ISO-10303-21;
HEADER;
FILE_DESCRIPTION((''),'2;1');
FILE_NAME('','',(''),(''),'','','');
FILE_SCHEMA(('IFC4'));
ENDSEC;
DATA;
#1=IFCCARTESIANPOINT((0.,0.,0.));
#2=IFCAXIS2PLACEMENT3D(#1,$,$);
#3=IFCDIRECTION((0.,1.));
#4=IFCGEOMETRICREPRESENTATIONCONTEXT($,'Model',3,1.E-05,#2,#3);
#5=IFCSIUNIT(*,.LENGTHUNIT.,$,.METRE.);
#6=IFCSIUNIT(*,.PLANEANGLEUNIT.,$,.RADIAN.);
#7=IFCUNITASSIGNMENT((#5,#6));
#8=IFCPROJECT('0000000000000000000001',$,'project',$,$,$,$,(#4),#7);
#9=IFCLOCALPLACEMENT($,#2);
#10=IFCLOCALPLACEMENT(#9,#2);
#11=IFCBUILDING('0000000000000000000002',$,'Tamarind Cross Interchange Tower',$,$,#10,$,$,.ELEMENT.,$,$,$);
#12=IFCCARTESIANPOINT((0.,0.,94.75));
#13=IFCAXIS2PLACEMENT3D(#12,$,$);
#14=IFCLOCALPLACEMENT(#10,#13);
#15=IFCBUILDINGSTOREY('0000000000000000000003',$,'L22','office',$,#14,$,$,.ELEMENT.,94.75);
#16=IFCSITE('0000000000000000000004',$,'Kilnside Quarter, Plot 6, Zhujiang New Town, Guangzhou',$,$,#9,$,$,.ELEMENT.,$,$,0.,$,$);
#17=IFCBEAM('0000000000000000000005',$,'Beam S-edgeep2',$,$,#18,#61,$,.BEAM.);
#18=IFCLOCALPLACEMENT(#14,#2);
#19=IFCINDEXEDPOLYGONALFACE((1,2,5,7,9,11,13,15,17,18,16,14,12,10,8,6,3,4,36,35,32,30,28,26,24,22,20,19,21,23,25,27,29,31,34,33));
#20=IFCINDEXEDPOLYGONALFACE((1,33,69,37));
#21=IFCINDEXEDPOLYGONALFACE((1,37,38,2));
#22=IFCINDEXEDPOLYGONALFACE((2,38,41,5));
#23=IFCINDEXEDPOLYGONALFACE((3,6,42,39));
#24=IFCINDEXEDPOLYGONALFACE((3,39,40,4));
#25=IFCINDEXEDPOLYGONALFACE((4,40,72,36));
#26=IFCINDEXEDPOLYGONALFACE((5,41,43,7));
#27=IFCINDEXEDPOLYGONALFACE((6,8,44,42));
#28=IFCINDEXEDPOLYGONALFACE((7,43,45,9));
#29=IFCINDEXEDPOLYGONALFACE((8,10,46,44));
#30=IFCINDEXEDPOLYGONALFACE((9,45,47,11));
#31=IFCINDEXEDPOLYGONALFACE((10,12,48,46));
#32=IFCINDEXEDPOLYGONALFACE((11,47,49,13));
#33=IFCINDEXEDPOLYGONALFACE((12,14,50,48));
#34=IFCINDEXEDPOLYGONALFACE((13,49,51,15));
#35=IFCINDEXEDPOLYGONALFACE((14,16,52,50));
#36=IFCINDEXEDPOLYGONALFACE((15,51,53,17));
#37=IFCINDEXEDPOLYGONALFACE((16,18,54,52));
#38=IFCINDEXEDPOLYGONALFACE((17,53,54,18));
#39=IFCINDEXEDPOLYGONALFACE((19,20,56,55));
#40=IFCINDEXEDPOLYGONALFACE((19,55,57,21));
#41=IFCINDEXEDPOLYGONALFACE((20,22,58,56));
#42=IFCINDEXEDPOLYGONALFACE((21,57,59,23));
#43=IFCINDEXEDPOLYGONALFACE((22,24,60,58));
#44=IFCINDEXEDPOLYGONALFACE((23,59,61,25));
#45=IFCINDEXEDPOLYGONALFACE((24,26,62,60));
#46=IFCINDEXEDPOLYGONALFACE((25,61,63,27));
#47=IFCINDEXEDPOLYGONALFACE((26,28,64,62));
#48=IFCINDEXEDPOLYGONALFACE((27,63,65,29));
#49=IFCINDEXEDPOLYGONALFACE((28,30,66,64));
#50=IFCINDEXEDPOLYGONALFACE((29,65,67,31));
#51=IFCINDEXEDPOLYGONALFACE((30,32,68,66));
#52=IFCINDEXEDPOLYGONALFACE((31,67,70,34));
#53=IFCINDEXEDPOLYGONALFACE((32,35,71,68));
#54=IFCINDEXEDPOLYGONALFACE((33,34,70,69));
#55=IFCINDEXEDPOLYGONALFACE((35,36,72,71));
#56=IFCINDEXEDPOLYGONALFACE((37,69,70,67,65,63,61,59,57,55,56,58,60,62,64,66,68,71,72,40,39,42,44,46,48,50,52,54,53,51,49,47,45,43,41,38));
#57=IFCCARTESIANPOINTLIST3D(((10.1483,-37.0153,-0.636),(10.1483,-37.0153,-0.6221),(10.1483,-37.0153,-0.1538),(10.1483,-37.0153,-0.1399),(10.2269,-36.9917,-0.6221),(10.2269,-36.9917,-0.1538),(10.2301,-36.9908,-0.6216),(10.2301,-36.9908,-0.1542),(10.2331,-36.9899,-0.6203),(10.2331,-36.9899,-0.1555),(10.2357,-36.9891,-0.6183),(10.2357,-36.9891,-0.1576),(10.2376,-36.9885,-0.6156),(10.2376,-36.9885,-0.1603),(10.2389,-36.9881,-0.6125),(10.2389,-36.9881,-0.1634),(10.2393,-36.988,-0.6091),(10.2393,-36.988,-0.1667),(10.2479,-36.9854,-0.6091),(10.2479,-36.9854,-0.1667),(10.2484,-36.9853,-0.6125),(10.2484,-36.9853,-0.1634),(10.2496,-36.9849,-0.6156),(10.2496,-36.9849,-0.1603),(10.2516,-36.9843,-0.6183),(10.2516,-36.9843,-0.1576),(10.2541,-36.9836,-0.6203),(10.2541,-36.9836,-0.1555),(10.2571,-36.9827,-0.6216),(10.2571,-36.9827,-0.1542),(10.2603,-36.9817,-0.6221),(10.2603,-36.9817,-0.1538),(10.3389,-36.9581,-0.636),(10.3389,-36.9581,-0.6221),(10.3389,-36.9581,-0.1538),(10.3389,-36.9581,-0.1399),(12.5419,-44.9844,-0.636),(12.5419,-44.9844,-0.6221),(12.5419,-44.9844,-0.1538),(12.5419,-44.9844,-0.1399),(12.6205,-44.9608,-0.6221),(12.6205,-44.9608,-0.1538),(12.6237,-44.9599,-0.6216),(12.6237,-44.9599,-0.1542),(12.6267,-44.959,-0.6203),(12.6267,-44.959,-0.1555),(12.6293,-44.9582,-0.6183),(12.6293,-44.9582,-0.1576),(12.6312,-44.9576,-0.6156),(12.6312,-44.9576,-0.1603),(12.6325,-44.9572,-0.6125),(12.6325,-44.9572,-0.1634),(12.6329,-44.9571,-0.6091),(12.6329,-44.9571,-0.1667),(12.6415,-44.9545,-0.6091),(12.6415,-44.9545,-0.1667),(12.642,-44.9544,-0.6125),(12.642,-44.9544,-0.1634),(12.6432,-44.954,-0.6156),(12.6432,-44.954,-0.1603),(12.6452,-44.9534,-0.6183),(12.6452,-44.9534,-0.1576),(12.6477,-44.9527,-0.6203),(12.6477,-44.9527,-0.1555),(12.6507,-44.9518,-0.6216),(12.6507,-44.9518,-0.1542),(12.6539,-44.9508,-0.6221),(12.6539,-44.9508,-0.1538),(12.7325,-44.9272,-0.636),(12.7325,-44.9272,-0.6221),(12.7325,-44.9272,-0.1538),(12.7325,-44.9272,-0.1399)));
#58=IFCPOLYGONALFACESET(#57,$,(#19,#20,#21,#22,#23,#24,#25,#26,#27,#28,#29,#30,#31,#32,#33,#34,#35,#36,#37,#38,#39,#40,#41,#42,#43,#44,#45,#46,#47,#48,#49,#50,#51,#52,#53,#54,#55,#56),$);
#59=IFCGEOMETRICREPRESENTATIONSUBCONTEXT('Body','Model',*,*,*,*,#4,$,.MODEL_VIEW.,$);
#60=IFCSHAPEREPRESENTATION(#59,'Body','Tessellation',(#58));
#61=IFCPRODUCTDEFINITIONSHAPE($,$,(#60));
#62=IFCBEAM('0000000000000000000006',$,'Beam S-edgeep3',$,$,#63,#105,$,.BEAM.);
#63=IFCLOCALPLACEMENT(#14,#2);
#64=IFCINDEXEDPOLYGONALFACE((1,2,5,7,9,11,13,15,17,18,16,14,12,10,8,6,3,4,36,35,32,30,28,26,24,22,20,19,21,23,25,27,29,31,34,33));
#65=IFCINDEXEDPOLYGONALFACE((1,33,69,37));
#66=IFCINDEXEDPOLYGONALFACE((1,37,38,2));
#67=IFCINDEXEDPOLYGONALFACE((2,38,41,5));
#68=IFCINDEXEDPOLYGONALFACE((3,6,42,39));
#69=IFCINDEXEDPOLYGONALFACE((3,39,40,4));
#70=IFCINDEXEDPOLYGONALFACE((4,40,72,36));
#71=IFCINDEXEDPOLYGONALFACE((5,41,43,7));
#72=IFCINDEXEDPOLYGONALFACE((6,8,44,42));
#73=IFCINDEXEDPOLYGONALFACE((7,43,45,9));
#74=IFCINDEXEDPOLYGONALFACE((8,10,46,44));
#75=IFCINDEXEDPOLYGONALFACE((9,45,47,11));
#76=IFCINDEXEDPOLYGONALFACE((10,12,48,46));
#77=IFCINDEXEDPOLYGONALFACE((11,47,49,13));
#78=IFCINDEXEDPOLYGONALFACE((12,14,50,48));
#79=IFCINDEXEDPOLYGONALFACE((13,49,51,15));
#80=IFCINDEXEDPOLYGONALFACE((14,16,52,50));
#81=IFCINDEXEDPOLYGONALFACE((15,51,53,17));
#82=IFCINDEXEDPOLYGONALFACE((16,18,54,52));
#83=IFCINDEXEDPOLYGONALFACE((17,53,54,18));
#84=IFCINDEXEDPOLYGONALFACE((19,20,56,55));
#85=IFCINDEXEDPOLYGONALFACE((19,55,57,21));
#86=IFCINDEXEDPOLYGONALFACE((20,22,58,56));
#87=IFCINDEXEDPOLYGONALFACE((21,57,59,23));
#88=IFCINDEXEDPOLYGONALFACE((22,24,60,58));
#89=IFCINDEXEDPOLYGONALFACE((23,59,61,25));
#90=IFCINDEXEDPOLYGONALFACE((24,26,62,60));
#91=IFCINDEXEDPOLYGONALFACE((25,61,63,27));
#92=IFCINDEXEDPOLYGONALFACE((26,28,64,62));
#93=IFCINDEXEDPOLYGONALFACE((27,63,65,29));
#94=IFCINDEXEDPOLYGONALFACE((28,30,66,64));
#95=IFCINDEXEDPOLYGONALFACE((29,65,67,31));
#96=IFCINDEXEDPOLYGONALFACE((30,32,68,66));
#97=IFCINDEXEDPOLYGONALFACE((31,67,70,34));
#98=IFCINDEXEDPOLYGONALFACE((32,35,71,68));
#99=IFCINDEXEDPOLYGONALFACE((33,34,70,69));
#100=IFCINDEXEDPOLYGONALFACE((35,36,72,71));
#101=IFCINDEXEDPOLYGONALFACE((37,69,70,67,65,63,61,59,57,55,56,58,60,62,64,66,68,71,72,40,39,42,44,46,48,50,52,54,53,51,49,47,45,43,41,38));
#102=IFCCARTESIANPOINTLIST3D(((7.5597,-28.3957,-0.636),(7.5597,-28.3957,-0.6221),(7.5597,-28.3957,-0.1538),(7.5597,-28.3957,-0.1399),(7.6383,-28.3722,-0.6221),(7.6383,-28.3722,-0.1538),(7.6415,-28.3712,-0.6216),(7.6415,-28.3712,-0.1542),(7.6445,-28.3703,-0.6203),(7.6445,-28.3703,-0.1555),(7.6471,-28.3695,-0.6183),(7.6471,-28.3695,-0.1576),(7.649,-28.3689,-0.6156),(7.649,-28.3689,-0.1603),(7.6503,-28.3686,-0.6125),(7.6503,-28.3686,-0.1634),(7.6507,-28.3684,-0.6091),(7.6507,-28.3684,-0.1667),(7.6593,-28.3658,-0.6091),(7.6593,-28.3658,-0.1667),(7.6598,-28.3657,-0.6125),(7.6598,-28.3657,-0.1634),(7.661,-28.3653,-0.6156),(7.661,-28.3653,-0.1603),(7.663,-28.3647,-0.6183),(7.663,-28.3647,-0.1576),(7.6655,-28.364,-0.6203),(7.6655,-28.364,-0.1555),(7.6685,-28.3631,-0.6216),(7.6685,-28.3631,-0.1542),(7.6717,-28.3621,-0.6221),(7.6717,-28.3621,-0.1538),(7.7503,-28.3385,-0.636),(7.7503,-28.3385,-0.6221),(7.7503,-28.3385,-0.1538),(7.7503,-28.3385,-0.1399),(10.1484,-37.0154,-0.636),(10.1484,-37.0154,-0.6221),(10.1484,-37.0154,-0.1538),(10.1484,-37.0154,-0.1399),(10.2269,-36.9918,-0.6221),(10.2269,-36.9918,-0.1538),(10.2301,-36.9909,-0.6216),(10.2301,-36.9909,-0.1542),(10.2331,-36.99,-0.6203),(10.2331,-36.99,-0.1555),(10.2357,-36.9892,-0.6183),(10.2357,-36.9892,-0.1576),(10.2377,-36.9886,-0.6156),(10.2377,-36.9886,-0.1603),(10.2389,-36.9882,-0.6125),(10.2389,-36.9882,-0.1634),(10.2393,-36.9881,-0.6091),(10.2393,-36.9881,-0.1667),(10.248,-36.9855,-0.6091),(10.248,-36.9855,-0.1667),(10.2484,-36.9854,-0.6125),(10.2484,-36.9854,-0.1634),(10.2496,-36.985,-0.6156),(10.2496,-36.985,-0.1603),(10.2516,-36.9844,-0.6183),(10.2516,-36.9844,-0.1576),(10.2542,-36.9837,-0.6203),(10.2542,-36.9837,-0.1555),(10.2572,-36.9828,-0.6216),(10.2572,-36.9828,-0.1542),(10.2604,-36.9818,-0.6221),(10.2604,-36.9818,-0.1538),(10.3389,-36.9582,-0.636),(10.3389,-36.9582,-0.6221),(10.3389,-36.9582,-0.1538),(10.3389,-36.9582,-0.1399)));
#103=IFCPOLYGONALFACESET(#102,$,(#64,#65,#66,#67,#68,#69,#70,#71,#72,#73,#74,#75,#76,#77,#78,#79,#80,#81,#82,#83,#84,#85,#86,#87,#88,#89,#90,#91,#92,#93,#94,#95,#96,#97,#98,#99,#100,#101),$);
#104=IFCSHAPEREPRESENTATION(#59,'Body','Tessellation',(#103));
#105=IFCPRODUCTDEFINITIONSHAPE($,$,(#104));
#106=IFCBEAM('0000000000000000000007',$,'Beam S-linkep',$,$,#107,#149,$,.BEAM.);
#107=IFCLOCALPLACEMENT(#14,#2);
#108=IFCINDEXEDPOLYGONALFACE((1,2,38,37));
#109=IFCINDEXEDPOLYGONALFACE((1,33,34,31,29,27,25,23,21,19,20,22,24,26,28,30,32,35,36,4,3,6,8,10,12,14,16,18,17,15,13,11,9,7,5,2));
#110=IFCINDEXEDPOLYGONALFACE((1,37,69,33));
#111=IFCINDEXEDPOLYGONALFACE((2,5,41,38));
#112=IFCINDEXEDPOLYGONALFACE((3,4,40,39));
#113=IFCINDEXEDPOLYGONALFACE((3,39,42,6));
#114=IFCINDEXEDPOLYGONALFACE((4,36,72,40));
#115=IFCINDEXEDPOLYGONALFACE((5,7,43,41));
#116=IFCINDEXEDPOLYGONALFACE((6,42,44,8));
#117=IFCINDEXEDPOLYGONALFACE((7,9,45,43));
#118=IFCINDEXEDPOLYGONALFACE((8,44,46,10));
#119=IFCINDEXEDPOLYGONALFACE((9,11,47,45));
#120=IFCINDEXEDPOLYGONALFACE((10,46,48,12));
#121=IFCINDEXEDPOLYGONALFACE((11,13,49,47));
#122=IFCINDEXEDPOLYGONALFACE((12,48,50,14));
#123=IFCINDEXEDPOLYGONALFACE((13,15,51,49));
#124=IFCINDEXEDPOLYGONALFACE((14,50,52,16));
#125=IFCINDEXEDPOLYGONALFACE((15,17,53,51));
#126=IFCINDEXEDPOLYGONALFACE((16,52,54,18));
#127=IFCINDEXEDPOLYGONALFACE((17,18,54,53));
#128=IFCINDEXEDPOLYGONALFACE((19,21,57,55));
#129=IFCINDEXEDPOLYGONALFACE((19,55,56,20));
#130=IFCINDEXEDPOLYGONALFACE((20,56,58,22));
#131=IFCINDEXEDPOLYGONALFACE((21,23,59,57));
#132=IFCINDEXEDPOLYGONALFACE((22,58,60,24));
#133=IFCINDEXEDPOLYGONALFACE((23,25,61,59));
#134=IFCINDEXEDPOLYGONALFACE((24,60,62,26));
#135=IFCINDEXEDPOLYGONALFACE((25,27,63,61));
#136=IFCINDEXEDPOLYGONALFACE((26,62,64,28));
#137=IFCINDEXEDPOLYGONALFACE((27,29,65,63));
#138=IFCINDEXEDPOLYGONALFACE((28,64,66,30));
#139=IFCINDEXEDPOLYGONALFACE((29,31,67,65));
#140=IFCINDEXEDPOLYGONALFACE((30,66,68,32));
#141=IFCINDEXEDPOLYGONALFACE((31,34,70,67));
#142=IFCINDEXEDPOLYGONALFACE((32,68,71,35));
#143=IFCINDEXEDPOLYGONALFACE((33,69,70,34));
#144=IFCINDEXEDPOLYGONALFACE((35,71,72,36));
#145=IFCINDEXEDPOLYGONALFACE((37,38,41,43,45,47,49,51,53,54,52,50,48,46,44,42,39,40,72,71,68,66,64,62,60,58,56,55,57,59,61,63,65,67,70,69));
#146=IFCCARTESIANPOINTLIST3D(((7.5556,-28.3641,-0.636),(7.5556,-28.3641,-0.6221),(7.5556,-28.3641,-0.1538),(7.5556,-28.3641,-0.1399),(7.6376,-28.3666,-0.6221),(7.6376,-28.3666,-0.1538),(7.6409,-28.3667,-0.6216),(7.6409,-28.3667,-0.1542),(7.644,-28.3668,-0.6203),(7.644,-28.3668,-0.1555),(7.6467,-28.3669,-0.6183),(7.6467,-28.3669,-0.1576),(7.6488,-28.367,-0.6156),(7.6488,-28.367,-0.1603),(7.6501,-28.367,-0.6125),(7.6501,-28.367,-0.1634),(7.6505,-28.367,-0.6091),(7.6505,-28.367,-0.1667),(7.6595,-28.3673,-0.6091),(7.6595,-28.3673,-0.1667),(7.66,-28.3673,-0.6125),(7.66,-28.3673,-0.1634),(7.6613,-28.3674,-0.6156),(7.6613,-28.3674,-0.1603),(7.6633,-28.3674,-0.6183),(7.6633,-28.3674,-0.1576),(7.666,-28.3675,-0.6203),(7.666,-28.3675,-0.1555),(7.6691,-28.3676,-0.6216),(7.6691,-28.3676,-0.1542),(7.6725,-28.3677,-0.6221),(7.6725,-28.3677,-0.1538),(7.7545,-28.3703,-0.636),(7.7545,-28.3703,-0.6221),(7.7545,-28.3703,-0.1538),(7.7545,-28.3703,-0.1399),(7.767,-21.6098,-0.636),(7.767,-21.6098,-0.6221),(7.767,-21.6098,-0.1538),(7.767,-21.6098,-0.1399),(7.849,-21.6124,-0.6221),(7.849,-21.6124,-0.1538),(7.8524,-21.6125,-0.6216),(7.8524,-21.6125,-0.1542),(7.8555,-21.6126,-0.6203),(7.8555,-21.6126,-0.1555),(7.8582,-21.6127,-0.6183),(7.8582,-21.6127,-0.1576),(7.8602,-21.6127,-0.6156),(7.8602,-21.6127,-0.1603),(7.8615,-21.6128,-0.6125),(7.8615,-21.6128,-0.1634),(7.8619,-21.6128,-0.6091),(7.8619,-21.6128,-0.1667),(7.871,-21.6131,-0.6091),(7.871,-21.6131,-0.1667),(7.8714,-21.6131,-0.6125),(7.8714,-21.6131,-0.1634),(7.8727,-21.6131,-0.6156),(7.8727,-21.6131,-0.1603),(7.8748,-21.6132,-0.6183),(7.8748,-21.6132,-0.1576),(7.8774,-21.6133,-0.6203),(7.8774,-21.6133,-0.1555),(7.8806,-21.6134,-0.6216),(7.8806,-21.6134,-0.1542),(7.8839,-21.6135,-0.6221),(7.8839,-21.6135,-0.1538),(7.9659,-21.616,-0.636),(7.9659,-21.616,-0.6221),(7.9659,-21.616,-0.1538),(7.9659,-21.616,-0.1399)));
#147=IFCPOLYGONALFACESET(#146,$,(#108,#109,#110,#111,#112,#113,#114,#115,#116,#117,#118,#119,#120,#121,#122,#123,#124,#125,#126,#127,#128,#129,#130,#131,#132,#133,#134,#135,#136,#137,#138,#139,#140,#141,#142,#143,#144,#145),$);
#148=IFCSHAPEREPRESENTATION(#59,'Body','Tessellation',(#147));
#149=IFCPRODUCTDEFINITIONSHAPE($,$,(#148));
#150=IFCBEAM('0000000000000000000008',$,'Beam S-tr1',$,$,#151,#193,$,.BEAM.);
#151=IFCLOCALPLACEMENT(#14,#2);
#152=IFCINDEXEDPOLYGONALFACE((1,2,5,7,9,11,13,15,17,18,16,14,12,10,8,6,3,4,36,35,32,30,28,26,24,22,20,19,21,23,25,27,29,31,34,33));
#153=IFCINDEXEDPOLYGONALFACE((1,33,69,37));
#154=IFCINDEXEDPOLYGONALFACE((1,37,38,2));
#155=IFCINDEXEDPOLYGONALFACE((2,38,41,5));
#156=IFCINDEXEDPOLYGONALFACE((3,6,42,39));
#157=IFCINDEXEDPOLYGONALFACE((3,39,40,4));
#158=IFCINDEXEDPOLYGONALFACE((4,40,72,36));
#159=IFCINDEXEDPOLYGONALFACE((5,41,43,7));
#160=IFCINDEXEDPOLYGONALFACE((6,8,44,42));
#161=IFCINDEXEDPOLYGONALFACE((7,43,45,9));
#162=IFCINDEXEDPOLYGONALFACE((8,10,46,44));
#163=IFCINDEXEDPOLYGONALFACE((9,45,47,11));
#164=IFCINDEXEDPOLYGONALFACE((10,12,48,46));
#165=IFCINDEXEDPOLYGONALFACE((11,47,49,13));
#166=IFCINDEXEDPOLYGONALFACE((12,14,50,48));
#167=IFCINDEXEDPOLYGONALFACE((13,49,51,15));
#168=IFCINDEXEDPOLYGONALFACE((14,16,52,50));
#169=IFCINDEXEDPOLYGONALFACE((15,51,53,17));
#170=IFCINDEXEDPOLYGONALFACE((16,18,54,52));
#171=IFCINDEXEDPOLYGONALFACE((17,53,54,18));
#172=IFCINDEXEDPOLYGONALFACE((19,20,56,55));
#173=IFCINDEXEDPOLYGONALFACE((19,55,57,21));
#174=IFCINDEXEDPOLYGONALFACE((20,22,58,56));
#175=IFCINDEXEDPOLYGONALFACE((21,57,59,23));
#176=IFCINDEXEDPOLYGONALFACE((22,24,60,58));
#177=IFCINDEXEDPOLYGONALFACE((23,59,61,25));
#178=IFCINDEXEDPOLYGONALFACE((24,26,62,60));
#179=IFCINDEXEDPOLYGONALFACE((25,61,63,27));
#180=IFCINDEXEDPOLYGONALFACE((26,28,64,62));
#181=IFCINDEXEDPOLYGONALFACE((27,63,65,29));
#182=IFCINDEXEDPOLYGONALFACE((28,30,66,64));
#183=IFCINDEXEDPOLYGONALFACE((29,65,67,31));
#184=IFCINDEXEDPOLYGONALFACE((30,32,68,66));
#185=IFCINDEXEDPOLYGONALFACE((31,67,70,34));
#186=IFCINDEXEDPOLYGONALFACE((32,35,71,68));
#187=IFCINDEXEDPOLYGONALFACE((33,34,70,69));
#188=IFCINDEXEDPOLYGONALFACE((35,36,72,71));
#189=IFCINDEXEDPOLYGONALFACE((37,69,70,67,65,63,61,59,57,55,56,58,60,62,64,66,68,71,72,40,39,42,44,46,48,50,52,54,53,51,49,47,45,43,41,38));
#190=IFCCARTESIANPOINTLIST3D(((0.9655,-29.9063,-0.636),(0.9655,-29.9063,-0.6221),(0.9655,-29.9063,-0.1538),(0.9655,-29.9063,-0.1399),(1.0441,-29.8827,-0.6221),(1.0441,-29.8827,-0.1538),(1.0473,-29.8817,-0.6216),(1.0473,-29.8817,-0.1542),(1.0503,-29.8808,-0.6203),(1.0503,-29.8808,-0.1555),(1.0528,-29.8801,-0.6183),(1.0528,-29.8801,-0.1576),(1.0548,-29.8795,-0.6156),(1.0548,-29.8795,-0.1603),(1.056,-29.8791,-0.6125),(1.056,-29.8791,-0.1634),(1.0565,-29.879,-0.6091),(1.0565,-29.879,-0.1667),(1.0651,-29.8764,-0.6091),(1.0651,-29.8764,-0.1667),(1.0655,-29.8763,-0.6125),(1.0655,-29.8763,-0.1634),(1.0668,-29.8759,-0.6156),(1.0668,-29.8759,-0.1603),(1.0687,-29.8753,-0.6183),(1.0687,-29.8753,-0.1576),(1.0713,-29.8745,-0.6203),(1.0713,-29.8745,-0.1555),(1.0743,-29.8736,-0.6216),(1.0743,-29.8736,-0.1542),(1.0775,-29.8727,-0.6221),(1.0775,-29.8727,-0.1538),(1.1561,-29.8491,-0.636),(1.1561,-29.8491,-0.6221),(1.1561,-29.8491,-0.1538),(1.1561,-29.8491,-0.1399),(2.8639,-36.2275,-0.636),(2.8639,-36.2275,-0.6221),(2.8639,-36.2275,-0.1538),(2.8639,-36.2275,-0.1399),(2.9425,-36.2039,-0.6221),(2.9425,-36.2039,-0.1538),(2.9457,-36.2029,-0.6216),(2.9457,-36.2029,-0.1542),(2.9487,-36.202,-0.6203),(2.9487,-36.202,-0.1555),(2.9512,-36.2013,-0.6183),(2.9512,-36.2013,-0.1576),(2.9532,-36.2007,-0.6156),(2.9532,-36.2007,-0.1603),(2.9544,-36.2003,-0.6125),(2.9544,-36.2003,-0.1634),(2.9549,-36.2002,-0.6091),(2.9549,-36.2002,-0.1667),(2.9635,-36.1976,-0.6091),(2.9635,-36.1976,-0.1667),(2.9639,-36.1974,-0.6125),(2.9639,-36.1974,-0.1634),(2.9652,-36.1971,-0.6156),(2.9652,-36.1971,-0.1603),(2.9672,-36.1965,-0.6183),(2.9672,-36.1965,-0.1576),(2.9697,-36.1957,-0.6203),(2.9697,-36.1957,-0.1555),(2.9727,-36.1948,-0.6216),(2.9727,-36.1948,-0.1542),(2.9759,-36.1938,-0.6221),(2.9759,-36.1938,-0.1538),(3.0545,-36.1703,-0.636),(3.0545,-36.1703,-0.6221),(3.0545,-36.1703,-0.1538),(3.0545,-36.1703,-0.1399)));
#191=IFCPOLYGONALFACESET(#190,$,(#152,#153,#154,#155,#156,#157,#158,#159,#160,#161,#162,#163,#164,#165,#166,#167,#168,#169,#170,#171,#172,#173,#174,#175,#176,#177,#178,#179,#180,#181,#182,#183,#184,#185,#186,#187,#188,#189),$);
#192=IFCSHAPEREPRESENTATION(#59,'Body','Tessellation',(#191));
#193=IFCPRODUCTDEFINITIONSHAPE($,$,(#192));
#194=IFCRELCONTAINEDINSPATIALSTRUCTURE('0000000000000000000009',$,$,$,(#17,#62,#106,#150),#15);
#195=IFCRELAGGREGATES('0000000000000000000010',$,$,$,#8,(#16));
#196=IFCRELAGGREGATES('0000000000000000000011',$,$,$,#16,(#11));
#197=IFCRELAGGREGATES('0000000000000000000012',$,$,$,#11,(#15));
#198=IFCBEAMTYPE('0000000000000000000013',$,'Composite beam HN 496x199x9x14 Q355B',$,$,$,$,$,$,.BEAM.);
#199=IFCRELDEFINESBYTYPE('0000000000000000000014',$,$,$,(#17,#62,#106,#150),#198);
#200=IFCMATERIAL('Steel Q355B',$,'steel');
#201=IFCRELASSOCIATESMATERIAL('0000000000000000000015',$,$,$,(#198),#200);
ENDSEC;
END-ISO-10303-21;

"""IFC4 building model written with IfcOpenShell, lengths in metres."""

from ifc_helpers import new_model, si_unit, direction, frame, origin, origin_2d, place, context, subcontext, project, spatial, i_section, extrude, material, material_profile, profile_set, type_object, element, save


model = new_model("IFC4")

# Units and contexts
model_context = context("Model", 3, precision=1e-05, world=origin(), true_north=direction((0.0, 1.0)))
body_context = subcontext(model_context, "Body", "Model", "MODEL_VIEW")
ifc_project = project(units=[si_unit("LENGTHUNIT", "METRE"), si_unit("PLANEANGLEUNIT", "RADIAN")], contexts=[model_context])

# Site, building, storey
site_placement = place(None, origin())
site = spatial("IfcSite", under=ifc_project, at=site_placement, Name="Kilnside Quarter, Plot 6, Zhujiang New Town, Guangzhou", CompositionType="ELEMENT", RefElevation=0.0)
building_placement = place(site_placement, origin())
building = spatial("IfcBuilding", under=site, at=building_placement, Name="Tamarind Cross Interchange Tower", CompositionType="ELEMENT")
storey_placement = place(building_placement, frame((0.0, 0.0, 94.75)))
storey = spatial("IfcBuildingStorey", under=building, at=storey_placement, Name="L22", Description="office", CompositionType="ELEMENT", Elevation=94.75)

# Beams
ifc_material_1 = material(Name="Steel Q355B", Category="steel")
ifc_material_profile_1 = material_profile(ifc_material_1, i_section(OverallWidth=0.199, OverallDepth=0.4961, WebThickness=0.009, FlangeThickness=0.0139, FilletRadius=0.0129, at=origin_2d()), Name="HN 496x199x9x14")
ifc_profile_set_1 = profile_set([ifc_material_profile_1], Name="Steel Q355B")
beam_type_1 = type_object("IfcBeamType", Name="Composite beam HN 496x199x9x14 Q355B", PredefinedType="BEAM", material=ifc_profile_set_1)
beam_1_placement = place(storey_placement, frame((12.6372, -44.9558, -0.3879), z_axis=(-0.287663, 0.957732, 0.0), x_axis=(-0.957732, -0.287663, 0.0)))
element("IfcBeam", 1, at=beam_1_placement, inside=storey, type_object=beam_type_1, Name="Beam S-edgeep2", PredefinedType="BEAM", context=body_context, shape_type="SweptSolid", body=[
    extrude(i_section(OverallWidth=0.199, OverallDepth=0.4961, WebThickness=0.009, FlangeThickness=0.0139, FilletRadius=0.0129, at=origin_2d()), origin(), (0.0, 0.0, 1.0), 8.3208),
])
beam_2_placement = place(storey_placement, frame((10.2437, -36.9868, -0.3879), z_axis=(-0.287627, 0.957743, 0.0), x_axis=(-0.957743, -0.287627, 0.0)))
element("IfcBeam", 2, at=beam_2_placement, inside=storey, type_object=beam_type_1, Name="Beam S-edgeep3", PredefinedType="BEAM", context=body_context, shape_type="SweptSolid", body=[
    extrude(i_section(OverallWidth=0.199, OverallDepth=0.4961, WebThickness=0.009, FlangeThickness=0.0139, FilletRadius=0.0129, at=origin_2d()), origin(), (0.0, 0.0, 1.0), 9.0),
])
beam_3_placement = place(storey_placement, frame((7.655, -28.3672, -0.3879), z_axis=(0.031288, 0.99951, 0.0), x_axis=(-0.99951, 0.031288, 0.0)))
element("IfcBeam", 3, at=beam_3_placement, inside=storey, type_object=beam_type_1, Name="Beam S-linkep", PredefinedType="BEAM", context=body_context, shape_type="SweptSolid", body=[
    extrude(i_section(OverallWidth=0.199, OverallDepth=0.4961, WebThickness=0.009, FlangeThickness=0.0139, FilletRadius=0.0129, at=origin_2d()), origin(), (0.0, 0.0, 1.0), 6.7576),
])
beam_4_placement = place(storey_placement, frame((1.0608, -29.8777, -0.3879), z_axis=(0.287633, -0.957741, 0.0), x_axis=(0.957741, 0.287633, 0.0)))
element("IfcBeam", 4, at=beam_4_placement, inside=storey, type_object=beam_type_1, Name="Beam S-tr1", PredefinedType="BEAM", context=body_context, shape_type="SweptSolid", body=[
    extrude(i_section(OverallWidth=0.199, OverallDepth=0.4961, WebThickness=0.009, FlangeThickness=0.0139, FilletRadius=0.0129, at=origin_2d()), origin(), (0.0, 0.0, 1.0), 6.6001),
])

save(model, "model.ifc")
